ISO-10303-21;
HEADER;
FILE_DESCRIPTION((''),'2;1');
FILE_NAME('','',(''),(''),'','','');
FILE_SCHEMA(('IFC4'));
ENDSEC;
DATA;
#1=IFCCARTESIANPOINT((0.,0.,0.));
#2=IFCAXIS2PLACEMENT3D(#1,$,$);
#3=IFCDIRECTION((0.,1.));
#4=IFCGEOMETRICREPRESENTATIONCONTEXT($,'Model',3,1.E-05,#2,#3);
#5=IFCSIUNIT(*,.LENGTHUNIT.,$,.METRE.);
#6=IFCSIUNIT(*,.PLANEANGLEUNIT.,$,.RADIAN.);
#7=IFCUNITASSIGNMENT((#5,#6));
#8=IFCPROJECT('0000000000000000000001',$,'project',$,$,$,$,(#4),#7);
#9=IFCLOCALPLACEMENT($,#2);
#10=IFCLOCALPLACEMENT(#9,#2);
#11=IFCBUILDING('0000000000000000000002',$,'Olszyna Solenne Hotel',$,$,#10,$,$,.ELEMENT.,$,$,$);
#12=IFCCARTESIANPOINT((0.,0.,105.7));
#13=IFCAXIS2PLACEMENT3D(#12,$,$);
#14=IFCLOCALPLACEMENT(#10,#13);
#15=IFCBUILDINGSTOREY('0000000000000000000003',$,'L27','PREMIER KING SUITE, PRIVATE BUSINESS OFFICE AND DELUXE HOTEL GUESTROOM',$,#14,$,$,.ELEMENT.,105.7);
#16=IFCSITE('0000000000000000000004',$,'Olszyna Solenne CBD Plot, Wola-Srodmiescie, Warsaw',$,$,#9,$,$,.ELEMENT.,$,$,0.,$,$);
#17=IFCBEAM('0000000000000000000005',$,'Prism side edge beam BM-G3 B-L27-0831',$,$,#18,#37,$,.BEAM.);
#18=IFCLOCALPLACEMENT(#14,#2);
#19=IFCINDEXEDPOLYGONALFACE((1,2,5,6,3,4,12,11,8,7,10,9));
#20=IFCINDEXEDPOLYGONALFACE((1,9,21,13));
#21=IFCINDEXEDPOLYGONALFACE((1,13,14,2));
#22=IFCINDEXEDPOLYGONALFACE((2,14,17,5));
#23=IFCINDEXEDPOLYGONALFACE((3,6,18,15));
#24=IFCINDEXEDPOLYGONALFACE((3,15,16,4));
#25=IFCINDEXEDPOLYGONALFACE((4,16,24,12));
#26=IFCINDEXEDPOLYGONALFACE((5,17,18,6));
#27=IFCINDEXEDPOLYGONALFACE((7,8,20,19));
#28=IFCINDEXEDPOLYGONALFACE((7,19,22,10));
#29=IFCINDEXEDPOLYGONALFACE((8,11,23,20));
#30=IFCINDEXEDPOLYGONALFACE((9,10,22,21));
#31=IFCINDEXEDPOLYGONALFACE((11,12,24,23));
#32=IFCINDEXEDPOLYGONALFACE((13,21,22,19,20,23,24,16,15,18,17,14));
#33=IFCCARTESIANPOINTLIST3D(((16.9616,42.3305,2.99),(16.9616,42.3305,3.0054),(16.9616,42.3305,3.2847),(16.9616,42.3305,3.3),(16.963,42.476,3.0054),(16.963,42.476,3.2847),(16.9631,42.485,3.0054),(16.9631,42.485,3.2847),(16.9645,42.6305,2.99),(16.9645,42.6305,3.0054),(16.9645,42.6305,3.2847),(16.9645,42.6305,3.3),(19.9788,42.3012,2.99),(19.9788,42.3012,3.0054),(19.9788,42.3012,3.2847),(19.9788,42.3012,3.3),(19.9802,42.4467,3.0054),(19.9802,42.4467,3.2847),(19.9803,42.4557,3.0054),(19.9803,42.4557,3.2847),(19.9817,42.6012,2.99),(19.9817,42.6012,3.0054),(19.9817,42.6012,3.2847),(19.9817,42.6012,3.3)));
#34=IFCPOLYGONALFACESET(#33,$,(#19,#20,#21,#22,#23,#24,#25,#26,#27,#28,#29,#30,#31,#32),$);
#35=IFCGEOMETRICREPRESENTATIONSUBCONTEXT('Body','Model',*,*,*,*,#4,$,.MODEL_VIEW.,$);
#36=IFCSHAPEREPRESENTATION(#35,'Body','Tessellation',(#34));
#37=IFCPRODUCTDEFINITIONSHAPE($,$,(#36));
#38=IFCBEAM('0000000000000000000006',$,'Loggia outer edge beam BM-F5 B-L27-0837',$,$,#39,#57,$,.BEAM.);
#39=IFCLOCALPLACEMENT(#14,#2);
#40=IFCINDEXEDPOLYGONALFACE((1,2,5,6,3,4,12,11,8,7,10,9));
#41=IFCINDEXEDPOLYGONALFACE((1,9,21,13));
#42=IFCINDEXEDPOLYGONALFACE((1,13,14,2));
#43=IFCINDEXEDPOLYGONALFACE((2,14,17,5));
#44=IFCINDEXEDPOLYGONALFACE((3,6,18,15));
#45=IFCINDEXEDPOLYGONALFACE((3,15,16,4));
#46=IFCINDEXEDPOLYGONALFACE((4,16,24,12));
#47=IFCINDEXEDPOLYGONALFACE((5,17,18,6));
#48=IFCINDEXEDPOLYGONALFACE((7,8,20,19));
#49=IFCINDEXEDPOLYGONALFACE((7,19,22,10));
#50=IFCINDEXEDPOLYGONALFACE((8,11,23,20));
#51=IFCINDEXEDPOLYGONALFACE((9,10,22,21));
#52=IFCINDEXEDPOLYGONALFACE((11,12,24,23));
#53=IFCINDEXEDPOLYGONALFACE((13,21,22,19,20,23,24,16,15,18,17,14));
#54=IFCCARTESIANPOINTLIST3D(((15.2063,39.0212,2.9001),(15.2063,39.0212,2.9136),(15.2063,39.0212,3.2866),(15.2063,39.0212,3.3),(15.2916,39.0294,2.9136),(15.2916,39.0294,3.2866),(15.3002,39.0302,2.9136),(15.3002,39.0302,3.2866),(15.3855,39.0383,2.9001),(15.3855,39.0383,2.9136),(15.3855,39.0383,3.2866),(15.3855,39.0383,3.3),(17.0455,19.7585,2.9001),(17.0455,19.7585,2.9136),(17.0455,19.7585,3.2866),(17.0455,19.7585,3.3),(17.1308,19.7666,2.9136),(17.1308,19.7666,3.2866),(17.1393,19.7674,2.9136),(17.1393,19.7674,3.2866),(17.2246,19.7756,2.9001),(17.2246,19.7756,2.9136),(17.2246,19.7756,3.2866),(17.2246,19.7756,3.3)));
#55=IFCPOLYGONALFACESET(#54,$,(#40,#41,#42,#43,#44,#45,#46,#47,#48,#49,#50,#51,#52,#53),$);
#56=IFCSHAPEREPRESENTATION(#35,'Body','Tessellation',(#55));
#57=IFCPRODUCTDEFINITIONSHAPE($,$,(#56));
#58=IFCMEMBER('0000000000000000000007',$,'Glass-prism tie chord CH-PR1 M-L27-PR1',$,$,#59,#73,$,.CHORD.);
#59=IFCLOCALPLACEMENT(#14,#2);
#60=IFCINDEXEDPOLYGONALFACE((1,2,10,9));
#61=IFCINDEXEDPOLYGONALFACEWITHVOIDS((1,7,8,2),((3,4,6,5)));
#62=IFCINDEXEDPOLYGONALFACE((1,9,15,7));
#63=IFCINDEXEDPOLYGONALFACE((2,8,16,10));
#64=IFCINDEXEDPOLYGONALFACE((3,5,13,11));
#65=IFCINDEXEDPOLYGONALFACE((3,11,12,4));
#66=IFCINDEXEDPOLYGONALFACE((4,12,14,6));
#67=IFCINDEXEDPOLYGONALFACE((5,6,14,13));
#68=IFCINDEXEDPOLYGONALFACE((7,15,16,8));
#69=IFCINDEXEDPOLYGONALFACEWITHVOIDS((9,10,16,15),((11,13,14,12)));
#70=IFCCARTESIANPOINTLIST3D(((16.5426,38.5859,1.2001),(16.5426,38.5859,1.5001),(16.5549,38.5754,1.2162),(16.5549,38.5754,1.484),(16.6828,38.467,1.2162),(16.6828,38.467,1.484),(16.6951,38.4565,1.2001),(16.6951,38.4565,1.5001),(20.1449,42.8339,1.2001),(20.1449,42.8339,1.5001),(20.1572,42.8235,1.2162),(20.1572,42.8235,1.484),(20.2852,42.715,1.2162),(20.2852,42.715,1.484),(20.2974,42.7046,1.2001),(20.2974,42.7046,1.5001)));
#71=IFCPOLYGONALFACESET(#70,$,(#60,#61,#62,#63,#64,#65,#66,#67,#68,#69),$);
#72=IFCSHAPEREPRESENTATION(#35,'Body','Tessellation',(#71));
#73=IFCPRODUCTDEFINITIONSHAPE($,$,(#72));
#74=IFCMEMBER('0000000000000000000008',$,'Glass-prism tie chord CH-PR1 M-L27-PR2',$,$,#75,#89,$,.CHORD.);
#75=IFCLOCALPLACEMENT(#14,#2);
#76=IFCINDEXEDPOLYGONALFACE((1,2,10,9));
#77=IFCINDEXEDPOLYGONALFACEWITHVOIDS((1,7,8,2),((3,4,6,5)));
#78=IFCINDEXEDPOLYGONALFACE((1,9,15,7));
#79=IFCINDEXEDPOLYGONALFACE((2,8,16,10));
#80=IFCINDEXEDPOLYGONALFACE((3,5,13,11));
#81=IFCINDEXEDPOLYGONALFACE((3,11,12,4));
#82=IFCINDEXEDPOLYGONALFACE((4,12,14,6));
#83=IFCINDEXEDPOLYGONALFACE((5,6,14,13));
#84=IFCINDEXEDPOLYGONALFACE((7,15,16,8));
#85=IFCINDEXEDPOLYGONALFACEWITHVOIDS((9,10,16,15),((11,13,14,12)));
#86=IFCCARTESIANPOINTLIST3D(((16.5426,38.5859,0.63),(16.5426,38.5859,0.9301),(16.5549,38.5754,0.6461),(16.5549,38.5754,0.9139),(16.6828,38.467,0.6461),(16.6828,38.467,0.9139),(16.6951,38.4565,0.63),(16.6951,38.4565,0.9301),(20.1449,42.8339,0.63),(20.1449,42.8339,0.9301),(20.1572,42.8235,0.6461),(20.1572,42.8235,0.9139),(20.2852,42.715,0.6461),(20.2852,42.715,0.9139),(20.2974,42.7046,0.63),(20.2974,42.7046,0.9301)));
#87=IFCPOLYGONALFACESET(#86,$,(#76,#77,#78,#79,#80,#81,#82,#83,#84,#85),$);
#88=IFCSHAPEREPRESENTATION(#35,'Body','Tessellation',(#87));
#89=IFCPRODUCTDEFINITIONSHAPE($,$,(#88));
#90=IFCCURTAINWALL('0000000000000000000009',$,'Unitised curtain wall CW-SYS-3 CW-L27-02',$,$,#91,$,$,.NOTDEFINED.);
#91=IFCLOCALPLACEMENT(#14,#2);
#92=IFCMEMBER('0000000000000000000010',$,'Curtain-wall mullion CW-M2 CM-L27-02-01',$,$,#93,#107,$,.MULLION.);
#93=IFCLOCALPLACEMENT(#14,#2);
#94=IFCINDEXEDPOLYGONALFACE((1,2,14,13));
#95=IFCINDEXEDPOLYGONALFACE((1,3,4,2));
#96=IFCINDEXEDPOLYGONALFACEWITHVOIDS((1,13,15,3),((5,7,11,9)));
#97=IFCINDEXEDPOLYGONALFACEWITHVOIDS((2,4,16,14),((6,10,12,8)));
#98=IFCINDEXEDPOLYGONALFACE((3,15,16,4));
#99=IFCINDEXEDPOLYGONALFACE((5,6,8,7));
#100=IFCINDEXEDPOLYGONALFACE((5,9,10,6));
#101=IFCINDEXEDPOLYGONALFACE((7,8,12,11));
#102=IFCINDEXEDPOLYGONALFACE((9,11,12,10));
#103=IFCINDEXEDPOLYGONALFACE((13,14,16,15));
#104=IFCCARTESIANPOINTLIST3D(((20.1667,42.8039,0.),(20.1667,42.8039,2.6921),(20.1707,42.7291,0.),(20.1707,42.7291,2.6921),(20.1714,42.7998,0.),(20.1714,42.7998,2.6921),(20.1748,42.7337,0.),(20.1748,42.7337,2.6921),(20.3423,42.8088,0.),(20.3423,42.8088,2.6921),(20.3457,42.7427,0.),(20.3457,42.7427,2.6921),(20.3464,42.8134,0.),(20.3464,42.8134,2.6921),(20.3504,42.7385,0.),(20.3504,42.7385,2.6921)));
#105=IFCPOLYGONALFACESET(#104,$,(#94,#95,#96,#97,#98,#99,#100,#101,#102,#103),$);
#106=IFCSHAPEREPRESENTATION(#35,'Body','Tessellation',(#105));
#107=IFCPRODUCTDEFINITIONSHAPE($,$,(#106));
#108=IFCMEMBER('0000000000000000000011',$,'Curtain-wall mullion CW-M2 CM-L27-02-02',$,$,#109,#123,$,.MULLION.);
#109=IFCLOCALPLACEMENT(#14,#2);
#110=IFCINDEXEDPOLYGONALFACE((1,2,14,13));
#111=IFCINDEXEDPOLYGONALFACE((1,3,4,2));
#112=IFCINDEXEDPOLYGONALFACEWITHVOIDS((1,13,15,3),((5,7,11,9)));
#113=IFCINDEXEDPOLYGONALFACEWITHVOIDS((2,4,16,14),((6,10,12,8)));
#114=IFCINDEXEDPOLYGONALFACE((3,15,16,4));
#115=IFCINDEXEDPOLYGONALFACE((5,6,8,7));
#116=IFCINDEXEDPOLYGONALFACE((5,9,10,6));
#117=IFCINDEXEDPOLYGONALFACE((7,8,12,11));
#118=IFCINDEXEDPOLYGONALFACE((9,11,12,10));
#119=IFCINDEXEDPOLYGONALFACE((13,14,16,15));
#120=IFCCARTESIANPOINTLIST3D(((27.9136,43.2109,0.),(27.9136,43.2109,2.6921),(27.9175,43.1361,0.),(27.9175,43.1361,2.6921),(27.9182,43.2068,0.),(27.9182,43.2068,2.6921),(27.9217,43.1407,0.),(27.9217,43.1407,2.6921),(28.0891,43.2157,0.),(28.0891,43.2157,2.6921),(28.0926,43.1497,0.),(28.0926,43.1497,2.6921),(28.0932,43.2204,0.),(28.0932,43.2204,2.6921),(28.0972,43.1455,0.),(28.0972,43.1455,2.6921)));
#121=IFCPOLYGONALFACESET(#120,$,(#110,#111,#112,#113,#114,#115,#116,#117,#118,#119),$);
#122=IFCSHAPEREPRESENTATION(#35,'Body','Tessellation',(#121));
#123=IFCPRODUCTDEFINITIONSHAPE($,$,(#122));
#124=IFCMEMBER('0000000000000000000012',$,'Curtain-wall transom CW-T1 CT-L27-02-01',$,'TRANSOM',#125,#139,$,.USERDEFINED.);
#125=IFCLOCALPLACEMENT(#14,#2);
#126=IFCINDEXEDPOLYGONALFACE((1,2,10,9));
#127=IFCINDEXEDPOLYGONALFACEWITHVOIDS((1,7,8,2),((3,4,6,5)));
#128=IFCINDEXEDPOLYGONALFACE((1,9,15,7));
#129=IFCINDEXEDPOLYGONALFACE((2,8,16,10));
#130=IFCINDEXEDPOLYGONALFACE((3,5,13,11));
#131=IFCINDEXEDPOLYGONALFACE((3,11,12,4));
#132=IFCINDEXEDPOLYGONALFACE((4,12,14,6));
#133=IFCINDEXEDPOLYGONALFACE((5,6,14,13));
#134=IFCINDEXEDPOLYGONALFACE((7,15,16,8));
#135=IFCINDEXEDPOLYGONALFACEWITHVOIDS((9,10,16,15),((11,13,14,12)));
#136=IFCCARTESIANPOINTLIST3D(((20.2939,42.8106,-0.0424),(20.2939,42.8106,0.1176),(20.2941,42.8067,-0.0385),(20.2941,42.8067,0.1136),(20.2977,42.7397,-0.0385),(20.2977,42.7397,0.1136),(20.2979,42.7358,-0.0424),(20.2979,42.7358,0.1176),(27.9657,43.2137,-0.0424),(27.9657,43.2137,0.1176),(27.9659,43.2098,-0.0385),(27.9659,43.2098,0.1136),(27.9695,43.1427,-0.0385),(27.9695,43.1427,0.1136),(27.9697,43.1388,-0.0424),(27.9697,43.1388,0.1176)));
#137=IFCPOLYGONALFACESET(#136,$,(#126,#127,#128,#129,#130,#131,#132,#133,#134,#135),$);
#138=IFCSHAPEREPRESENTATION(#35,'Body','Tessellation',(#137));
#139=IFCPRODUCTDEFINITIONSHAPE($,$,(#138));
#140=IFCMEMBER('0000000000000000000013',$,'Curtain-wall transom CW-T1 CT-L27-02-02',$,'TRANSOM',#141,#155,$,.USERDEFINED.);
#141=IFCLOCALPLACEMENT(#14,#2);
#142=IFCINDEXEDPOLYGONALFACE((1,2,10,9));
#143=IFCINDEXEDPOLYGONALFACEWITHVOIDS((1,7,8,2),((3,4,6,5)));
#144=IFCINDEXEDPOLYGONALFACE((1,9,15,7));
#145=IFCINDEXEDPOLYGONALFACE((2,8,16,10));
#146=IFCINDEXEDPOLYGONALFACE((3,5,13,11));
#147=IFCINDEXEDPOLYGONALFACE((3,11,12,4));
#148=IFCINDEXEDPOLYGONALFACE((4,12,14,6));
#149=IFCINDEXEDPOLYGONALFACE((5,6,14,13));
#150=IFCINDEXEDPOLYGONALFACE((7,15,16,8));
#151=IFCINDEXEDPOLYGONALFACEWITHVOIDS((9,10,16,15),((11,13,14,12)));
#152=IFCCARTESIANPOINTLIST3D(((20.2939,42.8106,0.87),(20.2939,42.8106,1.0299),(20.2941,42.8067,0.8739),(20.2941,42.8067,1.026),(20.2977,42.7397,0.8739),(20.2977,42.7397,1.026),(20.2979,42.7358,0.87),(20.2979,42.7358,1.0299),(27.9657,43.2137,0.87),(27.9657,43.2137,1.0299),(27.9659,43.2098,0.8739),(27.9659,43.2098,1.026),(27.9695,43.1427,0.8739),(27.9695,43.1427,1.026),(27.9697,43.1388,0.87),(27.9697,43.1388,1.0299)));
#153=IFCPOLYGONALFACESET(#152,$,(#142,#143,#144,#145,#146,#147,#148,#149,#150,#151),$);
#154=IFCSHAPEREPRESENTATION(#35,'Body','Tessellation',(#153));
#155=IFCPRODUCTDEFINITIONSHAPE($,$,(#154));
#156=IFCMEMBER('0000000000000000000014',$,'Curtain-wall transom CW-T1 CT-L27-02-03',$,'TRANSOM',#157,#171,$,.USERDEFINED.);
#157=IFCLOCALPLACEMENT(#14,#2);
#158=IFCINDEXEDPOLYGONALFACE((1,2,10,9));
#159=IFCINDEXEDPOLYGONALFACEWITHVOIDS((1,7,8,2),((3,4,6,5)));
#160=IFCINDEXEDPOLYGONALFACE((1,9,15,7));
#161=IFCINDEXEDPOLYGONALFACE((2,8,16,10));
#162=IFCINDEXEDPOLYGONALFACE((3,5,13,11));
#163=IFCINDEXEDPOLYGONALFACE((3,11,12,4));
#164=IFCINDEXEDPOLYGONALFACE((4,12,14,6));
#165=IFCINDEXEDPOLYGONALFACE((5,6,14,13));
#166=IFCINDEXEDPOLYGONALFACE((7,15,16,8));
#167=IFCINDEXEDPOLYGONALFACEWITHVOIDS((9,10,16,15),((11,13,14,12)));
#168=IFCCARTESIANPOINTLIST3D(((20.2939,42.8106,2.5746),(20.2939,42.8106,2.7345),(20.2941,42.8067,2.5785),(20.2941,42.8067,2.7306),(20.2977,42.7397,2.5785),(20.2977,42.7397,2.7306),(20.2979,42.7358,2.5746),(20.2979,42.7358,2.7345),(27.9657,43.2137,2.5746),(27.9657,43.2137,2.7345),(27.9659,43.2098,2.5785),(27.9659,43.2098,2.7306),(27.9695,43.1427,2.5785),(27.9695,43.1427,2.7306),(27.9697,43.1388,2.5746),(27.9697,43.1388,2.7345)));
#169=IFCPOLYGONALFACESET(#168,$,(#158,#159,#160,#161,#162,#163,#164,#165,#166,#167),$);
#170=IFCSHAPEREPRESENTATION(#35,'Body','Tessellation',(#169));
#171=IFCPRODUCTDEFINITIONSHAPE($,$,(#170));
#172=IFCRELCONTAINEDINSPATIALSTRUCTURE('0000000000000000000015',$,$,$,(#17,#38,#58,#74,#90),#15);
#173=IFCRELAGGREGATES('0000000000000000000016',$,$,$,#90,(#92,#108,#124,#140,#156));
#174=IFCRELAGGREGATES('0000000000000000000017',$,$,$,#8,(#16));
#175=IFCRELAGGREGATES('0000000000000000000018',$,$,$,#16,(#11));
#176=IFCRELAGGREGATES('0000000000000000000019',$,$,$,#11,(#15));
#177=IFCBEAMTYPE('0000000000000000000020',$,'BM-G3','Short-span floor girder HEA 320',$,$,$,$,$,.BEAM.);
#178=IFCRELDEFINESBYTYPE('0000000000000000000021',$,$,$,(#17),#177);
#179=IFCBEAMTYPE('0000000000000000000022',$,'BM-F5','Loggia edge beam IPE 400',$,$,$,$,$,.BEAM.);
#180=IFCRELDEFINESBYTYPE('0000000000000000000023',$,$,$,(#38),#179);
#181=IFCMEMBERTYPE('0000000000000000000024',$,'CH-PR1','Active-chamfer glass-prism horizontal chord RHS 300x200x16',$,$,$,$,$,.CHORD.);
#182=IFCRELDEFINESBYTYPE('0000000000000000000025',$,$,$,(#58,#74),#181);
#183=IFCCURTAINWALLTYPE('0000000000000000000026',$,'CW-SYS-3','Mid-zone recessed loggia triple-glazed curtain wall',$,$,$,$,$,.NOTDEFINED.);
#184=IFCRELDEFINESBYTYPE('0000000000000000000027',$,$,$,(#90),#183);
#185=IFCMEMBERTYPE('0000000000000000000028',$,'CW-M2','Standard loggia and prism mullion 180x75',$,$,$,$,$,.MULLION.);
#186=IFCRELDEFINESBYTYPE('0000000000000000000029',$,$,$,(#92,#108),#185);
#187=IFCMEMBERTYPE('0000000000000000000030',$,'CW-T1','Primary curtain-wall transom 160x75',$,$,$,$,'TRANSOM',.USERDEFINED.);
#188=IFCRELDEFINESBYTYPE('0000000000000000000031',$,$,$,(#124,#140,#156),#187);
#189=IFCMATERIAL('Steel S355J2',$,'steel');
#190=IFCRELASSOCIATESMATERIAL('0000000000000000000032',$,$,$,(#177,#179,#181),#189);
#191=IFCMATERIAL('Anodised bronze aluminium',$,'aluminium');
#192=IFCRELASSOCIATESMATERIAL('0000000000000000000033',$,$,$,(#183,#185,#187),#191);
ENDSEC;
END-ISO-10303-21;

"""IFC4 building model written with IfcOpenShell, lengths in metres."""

from ifc_helpers import new_model, si_unit, direction, frame, origin, origin_2d, place, context, subcontext, project, spatial, hollow_rectangle, i_section, extrude, source, transform, mapped, material, material_profile, profile_set, type_object, element, aggregate, save


model = new_model("IFC4")

# Units and contexts
model_context = context("Model", 3, precision=1e-05, world=origin(), true_north=direction((0.0, 1.0)))
body_context = subcontext(model_context, "Body", "Model", "MODEL_VIEW")
ifc_project = project(units=[si_unit("LENGTHUNIT", "METRE"), si_unit("PLANEANGLEUNIT", "RADIAN")], contexts=[model_context])

# Site, building, storey
site_placement = place(None, origin())
site = spatial("IfcSite", under=ifc_project, at=site_placement, Name="Olszyna Solenne CBD Plot, Wola-Srodmiescie, Warsaw", CompositionType="ELEMENT", RefElevation=0.0)
building_placement = place(site_placement, origin())
building = spatial("IfcBuilding", under=site, at=building_placement, Name="Olszyna Solenne Hotel", CompositionType="ELEMENT")
storey_placement = place(building_placement, frame((0.0, 0.0, 105.7)))
storey = spatial("IfcBuildingStorey", under=building, at=storey_placement, Name="L27", Description="PREMIER KING SUITE, PRIVATE BUSINESS OFFICE AND DELUXE HOTEL GUESTROOM", CompositionType="ELEMENT", Elevation=105.7)

# Beams
ifc_material_1 = material(Name="Steel S355J2", Category="steel")
ifc_material_profile_1 = material_profile(ifc_material_1, i_section(OverallWidth=0.3, OverallDepth=0.3101, WebThickness=0.009, FlangeThickness=0.0154, at=origin_2d()), Name="HEA 320", Category="load-bearing")
ifc_profile_set_1 = profile_set([ifc_material_profile_1], Name="Steel S355J2")
beam_type_1 = type_object("IfcBeamType", Name="BM-G3", Description="Short-span floor girder HEA 320", PredefinedType="BEAM", material=ifc_profile_set_1)
shared_shape_1 = source(origin(), body_context, "Body", "SweptSolid", [
    extrude(i_section(OverallWidth=0.3, OverallDepth=0.3101, WebThickness=0.009, FlangeThickness=0.0154, at=origin_2d()), origin(), (0.0, 0.0, 1.0), 3.0173),
])
beam_1_placement = place(storey_placement, frame((19.9802, 42.4512, 3.145), z_axis=(-0.999953, 0.00971, 0.0), x_axis=(-0.00971, -0.999953, 0.0)))
element("IfcBeam", 1, at=beam_1_placement, inside=storey, type_object=beam_type_1, Name="Prism side edge beam BM-G3 B-L27-0831", PredefinedType="BEAM", context=body_context, shape_type="MappedRepresentation", body=[
    mapped(shared_shape_1, transform((0.0, 0.0, 0.0), x_axis=(1.0, 0.0, 0.0), y_axis=(0.0, 1.0, 0.0), z_axis=(0.0, 0.0, 1.0), scale=1.0)),
])
ifc_material_profile_2 = material_profile(ifc_material_1, i_section(OverallWidth=0.1799, OverallDepth=0.3999, WebThickness=0.0085, FlangeThickness=0.0134, at=origin_2d()), Name="IPE 400", Category="load-bearing")
ifc_profile_set_2 = profile_set([ifc_material_profile_2], Name="Steel S355J2")
beam_type_2 = type_object("IfcBeamType", Name="BM-F5", Description="Loggia edge beam IPE 400", PredefinedType="BEAM", material=ifc_profile_set_2)
shared_shape_2 = source(origin(), body_context, "Body", "SweptSolid", [
    extrude(i_section(OverallWidth=0.1799, OverallDepth=0.3999, WebThickness=0.0085, FlangeThickness=0.0134, at=origin_2d()), origin(), (0.0, 0.0, 1.0), 19.3503),
])
beam_2_placement = place(storey_placement, frame((15.2959, 39.0298, 3.1001), z_axis=(0.095043, -0.995473, 0.0), x_axis=(0.995473, 0.095043, 0.0)))
element("IfcBeam", 2, at=beam_2_placement, inside=storey, type_object=beam_type_2, Name="Loggia outer edge beam BM-F5 B-L27-0837", PredefinedType="BEAM", context=body_context, shape_type="MappedRepresentation", body=[
    mapped(shared_shape_2, transform((0.0, 0.0, 0.0), x_axis=(1.0, 0.0, 0.0), y_axis=(0.0, 1.0, 0.0), z_axis=(0.0, 0.0, 1.0), scale=1.0)),
])

# Members
ifc_material_profile_3 = material_profile(ifc_material_1, hollow_rectangle(XDim=0.2, YDim=0.3, WallThickness=0.0161, at=origin_2d()), Name="RHS 300x200x16", Category="load-bearing")
ifc_profile_set_3 = profile_set([ifc_material_profile_3], Name="Steel S355J2")
member_type_1 = type_object("IfcMemberType", Name="CH-PR1", Description="Active-chamfer glass-prism horizontal chord RHS 300x200x16", PredefinedType="CHORD", material=ifc_profile_set_3)
shared_shape_3 = source(origin(), body_context, "Body", "SweptSolid", [
    extrude(hollow_rectangle(XDim=0.2, YDim=0.3, WallThickness=0.0161, at=origin_2d()), origin(), (0.0, 0.0, 1.0), 5.5698),
])
for number, where, z_axis, x_axis, name in (
    (3, (20.2212, 42.7693, 1.3501), (-0.646757, -0.762696, 0.0), (0.762696, -0.646757, 0.0), "Glass-prism tie chord CH-PR1 M-L27-PR1"),
    (4, (20.2212, 42.7693, 0.78), (-0.646757, -0.762696, 0.0), (0.762696, -0.646757, 0.0), "Glass-prism tie chord CH-PR1 M-L27-PR2"),
):
    element("IfcMember", number, at=place(storey_placement, frame(where, z_axis=z_axis, x_axis=x_axis)), inside=storey, type_object=member_type_1, Name=name, PredefinedType="CHORD", context=body_context, shape_type="MappedRepresentation", body=[
        mapped(shared_shape_3, transform((0.0, 0.0, 0.0), x_axis=(1.0, 0.0, 0.0), y_axis=(0.0, 1.0, 0.0), z_axis=(0.0, 0.0, 1.0), scale=1.0)),
    ])

# Curtain wall, members
ifc_material_2 = material(Name="Anodised bronze aluminium", Category="aluminium")
curtain_wall_type = type_object("IfcCurtainWallType", Name="CW-SYS-3", Description="Mid-zone recessed loggia triple-glazed curtain wall", PredefinedType="NOTDEFINED", material=ifc_material_2)
curtain_wall_placement = place(storey_placement, origin())
curtain_wall = element("IfcCurtainWall", 5, at=curtain_wall_placement, inside=storey, type_object=curtain_wall_type, Name="Unitised curtain wall CW-SYS-3 CW-L27-02", PredefinedType="NOTDEFINED")
ifc_material_profile_4 = material_profile(ifc_material_2, hollow_rectangle(XDim=0.075, YDim=0.1799, WallThickness=0.0044, at=origin_2d()), Name="MULL 180x75x4.5", Category="load-bearing")
ifc_profile_set_4 = profile_set([ifc_material_profile_4], Name="Anodised bronze aluminium")
member_type_2 = type_object("IfcMemberType", Name="CW-M2", Description="Standard loggia and prism mullion 180x75", PredefinedType="MULLION", material=ifc_profile_set_4)
shared_shape_4 = source(origin(), body_context, "Body", "SweptSolid", [
    extrude(hollow_rectangle(XDim=0.075, YDim=0.1799, WallThickness=0.0044, at=origin_2d()), origin(), (0.0, 0.0, 1.0), 2.6921),
])
member_1_placement = place(storey_placement, frame((20.2585, 42.7712, 0.0), z_axis=(0.0, 0.0, 1.0), x_axis=(-0.052483, 0.998622, 0.0)))
member_1 = element("IfcMember", 6, at=member_1_placement, type_object=member_type_2, Name="Curtain-wall mullion CW-M2 CM-L27-02-01", PredefinedType="MULLION", context=body_context, shape_type="MappedRepresentation", body=[
    mapped(shared_shape_4, transform((0.0, 0.0, 0.0), x_axis=(1.0, 0.0, 0.0), y_axis=(0.0, 1.0, 0.0), z_axis=(0.0, 0.0, 1.0), scale=1.0)),
])
member_2_placement = place(storey_placement, frame((28.0054, 43.1782, 0.0), z_axis=(0.0, 0.0, 1.0), x_axis=(-0.052483, 0.998622, 0.0)))
member_2 = element("IfcMember", 7, at=member_2_placement, type_object=member_type_2, Name="Curtain-wall mullion CW-M2 CM-L27-02-02", PredefinedType="MULLION", context=body_context, shape_type="MappedRepresentation", body=[
    mapped(shared_shape_4, transform((0.0, 0.0, 0.0), x_axis=(1.0, 0.0, 0.0), y_axis=(0.0, 1.0, 0.0), z_axis=(0.0, 0.0, 1.0), scale=1.0)),
])
ifc_material_profile_5 = material_profile(ifc_material_2, hollow_rectangle(XDim=0.075, YDim=0.1599, WallThickness=0.0039, at=origin_2d()), Name="TRAN 160x75x4", Category="load-bearing")
ifc_profile_set_5 = profile_set([ifc_material_profile_5], Name="Anodised bronze aluminium")
member_type_3 = type_object("IfcMemberType", Name="CW-T1", Description="Primary curtain-wall transom 160x75", ElementType="TRANSOM", PredefinedType="USERDEFINED", material=ifc_profile_set_5)
shared_shape_5 = source(origin(), body_context, "Body", "SweptSolid", [
    extrude(hollow_rectangle(XDim=0.075, YDim=0.1599, WallThickness=0.0039, at=origin_2d()), origin(), (0.0, 0.0, 1.0), 7.6824),
])
member_3_placement = place(storey_placement, frame((20.2959, 42.7732, 0.0376), z_axis=(0.998623, 0.052467, 0.0), x_axis=(-0.052467, 0.998623, 0.0)))
member_3 = element("IfcMember", 8, at=member_3_placement, type_object=member_type_3, Name="Curtain-wall transom CW-T1 CT-L27-02-01", ObjectType="TRANSOM", PredefinedType="USERDEFINED", context=body_context, shape_type="MappedRepresentation", body=[
    mapped(shared_shape_5, transform((0.0, 0.0, 0.0), x_axis=(1.0, 0.0, 0.0), y_axis=(0.0, 1.0, 0.0), z_axis=(0.0, 0.0, 1.0), scale=1.0)),
])
member_4_placement = place(storey_placement, frame((20.2959, 42.7732, 0.95), z_axis=(0.998623, 0.052467, 0.0), x_axis=(-0.052467, 0.998623, 0.0)))
member_4 = element("IfcMember", 9, at=member_4_placement, type_object=member_type_3, Name="Curtain-wall transom CW-T1 CT-L27-02-02", ObjectType="TRANSOM", PredefinedType="USERDEFINED", context=body_context, shape_type="MappedRepresentation", body=[
    mapped(shared_shape_5, transform((0.0, 0.0, 0.0), x_axis=(1.0, 0.0, 0.0), y_axis=(0.0, 1.0, 0.0), z_axis=(0.0, 0.0, 1.0), scale=1.0)),
])
member_5_placement = place(storey_placement, frame((20.2959, 42.7732, 2.6545), z_axis=(0.998623, 0.052467, 0.0), x_axis=(-0.052467, 0.998623, 0.0)))
member_5 = element("IfcMember", 10, at=member_5_placement, type_object=member_type_3, Name="Curtain-wall transom CW-T1 CT-L27-02-03", ObjectType="TRANSOM", PredefinedType="USERDEFINED", context=body_context, shape_type="MappedRepresentation", body=[
    mapped(shared_shape_5, transform((0.0, 0.0, 0.0), x_axis=(1.0, 0.0, 0.0), y_axis=(0.0, 1.0, 0.0), z_axis=(0.0, 0.0, 1.0), scale=1.0)),
])

aggregate(curtain_wall, [member_1, member_2, member_3, member_4, member_5])

save(model, "model.ifc")
